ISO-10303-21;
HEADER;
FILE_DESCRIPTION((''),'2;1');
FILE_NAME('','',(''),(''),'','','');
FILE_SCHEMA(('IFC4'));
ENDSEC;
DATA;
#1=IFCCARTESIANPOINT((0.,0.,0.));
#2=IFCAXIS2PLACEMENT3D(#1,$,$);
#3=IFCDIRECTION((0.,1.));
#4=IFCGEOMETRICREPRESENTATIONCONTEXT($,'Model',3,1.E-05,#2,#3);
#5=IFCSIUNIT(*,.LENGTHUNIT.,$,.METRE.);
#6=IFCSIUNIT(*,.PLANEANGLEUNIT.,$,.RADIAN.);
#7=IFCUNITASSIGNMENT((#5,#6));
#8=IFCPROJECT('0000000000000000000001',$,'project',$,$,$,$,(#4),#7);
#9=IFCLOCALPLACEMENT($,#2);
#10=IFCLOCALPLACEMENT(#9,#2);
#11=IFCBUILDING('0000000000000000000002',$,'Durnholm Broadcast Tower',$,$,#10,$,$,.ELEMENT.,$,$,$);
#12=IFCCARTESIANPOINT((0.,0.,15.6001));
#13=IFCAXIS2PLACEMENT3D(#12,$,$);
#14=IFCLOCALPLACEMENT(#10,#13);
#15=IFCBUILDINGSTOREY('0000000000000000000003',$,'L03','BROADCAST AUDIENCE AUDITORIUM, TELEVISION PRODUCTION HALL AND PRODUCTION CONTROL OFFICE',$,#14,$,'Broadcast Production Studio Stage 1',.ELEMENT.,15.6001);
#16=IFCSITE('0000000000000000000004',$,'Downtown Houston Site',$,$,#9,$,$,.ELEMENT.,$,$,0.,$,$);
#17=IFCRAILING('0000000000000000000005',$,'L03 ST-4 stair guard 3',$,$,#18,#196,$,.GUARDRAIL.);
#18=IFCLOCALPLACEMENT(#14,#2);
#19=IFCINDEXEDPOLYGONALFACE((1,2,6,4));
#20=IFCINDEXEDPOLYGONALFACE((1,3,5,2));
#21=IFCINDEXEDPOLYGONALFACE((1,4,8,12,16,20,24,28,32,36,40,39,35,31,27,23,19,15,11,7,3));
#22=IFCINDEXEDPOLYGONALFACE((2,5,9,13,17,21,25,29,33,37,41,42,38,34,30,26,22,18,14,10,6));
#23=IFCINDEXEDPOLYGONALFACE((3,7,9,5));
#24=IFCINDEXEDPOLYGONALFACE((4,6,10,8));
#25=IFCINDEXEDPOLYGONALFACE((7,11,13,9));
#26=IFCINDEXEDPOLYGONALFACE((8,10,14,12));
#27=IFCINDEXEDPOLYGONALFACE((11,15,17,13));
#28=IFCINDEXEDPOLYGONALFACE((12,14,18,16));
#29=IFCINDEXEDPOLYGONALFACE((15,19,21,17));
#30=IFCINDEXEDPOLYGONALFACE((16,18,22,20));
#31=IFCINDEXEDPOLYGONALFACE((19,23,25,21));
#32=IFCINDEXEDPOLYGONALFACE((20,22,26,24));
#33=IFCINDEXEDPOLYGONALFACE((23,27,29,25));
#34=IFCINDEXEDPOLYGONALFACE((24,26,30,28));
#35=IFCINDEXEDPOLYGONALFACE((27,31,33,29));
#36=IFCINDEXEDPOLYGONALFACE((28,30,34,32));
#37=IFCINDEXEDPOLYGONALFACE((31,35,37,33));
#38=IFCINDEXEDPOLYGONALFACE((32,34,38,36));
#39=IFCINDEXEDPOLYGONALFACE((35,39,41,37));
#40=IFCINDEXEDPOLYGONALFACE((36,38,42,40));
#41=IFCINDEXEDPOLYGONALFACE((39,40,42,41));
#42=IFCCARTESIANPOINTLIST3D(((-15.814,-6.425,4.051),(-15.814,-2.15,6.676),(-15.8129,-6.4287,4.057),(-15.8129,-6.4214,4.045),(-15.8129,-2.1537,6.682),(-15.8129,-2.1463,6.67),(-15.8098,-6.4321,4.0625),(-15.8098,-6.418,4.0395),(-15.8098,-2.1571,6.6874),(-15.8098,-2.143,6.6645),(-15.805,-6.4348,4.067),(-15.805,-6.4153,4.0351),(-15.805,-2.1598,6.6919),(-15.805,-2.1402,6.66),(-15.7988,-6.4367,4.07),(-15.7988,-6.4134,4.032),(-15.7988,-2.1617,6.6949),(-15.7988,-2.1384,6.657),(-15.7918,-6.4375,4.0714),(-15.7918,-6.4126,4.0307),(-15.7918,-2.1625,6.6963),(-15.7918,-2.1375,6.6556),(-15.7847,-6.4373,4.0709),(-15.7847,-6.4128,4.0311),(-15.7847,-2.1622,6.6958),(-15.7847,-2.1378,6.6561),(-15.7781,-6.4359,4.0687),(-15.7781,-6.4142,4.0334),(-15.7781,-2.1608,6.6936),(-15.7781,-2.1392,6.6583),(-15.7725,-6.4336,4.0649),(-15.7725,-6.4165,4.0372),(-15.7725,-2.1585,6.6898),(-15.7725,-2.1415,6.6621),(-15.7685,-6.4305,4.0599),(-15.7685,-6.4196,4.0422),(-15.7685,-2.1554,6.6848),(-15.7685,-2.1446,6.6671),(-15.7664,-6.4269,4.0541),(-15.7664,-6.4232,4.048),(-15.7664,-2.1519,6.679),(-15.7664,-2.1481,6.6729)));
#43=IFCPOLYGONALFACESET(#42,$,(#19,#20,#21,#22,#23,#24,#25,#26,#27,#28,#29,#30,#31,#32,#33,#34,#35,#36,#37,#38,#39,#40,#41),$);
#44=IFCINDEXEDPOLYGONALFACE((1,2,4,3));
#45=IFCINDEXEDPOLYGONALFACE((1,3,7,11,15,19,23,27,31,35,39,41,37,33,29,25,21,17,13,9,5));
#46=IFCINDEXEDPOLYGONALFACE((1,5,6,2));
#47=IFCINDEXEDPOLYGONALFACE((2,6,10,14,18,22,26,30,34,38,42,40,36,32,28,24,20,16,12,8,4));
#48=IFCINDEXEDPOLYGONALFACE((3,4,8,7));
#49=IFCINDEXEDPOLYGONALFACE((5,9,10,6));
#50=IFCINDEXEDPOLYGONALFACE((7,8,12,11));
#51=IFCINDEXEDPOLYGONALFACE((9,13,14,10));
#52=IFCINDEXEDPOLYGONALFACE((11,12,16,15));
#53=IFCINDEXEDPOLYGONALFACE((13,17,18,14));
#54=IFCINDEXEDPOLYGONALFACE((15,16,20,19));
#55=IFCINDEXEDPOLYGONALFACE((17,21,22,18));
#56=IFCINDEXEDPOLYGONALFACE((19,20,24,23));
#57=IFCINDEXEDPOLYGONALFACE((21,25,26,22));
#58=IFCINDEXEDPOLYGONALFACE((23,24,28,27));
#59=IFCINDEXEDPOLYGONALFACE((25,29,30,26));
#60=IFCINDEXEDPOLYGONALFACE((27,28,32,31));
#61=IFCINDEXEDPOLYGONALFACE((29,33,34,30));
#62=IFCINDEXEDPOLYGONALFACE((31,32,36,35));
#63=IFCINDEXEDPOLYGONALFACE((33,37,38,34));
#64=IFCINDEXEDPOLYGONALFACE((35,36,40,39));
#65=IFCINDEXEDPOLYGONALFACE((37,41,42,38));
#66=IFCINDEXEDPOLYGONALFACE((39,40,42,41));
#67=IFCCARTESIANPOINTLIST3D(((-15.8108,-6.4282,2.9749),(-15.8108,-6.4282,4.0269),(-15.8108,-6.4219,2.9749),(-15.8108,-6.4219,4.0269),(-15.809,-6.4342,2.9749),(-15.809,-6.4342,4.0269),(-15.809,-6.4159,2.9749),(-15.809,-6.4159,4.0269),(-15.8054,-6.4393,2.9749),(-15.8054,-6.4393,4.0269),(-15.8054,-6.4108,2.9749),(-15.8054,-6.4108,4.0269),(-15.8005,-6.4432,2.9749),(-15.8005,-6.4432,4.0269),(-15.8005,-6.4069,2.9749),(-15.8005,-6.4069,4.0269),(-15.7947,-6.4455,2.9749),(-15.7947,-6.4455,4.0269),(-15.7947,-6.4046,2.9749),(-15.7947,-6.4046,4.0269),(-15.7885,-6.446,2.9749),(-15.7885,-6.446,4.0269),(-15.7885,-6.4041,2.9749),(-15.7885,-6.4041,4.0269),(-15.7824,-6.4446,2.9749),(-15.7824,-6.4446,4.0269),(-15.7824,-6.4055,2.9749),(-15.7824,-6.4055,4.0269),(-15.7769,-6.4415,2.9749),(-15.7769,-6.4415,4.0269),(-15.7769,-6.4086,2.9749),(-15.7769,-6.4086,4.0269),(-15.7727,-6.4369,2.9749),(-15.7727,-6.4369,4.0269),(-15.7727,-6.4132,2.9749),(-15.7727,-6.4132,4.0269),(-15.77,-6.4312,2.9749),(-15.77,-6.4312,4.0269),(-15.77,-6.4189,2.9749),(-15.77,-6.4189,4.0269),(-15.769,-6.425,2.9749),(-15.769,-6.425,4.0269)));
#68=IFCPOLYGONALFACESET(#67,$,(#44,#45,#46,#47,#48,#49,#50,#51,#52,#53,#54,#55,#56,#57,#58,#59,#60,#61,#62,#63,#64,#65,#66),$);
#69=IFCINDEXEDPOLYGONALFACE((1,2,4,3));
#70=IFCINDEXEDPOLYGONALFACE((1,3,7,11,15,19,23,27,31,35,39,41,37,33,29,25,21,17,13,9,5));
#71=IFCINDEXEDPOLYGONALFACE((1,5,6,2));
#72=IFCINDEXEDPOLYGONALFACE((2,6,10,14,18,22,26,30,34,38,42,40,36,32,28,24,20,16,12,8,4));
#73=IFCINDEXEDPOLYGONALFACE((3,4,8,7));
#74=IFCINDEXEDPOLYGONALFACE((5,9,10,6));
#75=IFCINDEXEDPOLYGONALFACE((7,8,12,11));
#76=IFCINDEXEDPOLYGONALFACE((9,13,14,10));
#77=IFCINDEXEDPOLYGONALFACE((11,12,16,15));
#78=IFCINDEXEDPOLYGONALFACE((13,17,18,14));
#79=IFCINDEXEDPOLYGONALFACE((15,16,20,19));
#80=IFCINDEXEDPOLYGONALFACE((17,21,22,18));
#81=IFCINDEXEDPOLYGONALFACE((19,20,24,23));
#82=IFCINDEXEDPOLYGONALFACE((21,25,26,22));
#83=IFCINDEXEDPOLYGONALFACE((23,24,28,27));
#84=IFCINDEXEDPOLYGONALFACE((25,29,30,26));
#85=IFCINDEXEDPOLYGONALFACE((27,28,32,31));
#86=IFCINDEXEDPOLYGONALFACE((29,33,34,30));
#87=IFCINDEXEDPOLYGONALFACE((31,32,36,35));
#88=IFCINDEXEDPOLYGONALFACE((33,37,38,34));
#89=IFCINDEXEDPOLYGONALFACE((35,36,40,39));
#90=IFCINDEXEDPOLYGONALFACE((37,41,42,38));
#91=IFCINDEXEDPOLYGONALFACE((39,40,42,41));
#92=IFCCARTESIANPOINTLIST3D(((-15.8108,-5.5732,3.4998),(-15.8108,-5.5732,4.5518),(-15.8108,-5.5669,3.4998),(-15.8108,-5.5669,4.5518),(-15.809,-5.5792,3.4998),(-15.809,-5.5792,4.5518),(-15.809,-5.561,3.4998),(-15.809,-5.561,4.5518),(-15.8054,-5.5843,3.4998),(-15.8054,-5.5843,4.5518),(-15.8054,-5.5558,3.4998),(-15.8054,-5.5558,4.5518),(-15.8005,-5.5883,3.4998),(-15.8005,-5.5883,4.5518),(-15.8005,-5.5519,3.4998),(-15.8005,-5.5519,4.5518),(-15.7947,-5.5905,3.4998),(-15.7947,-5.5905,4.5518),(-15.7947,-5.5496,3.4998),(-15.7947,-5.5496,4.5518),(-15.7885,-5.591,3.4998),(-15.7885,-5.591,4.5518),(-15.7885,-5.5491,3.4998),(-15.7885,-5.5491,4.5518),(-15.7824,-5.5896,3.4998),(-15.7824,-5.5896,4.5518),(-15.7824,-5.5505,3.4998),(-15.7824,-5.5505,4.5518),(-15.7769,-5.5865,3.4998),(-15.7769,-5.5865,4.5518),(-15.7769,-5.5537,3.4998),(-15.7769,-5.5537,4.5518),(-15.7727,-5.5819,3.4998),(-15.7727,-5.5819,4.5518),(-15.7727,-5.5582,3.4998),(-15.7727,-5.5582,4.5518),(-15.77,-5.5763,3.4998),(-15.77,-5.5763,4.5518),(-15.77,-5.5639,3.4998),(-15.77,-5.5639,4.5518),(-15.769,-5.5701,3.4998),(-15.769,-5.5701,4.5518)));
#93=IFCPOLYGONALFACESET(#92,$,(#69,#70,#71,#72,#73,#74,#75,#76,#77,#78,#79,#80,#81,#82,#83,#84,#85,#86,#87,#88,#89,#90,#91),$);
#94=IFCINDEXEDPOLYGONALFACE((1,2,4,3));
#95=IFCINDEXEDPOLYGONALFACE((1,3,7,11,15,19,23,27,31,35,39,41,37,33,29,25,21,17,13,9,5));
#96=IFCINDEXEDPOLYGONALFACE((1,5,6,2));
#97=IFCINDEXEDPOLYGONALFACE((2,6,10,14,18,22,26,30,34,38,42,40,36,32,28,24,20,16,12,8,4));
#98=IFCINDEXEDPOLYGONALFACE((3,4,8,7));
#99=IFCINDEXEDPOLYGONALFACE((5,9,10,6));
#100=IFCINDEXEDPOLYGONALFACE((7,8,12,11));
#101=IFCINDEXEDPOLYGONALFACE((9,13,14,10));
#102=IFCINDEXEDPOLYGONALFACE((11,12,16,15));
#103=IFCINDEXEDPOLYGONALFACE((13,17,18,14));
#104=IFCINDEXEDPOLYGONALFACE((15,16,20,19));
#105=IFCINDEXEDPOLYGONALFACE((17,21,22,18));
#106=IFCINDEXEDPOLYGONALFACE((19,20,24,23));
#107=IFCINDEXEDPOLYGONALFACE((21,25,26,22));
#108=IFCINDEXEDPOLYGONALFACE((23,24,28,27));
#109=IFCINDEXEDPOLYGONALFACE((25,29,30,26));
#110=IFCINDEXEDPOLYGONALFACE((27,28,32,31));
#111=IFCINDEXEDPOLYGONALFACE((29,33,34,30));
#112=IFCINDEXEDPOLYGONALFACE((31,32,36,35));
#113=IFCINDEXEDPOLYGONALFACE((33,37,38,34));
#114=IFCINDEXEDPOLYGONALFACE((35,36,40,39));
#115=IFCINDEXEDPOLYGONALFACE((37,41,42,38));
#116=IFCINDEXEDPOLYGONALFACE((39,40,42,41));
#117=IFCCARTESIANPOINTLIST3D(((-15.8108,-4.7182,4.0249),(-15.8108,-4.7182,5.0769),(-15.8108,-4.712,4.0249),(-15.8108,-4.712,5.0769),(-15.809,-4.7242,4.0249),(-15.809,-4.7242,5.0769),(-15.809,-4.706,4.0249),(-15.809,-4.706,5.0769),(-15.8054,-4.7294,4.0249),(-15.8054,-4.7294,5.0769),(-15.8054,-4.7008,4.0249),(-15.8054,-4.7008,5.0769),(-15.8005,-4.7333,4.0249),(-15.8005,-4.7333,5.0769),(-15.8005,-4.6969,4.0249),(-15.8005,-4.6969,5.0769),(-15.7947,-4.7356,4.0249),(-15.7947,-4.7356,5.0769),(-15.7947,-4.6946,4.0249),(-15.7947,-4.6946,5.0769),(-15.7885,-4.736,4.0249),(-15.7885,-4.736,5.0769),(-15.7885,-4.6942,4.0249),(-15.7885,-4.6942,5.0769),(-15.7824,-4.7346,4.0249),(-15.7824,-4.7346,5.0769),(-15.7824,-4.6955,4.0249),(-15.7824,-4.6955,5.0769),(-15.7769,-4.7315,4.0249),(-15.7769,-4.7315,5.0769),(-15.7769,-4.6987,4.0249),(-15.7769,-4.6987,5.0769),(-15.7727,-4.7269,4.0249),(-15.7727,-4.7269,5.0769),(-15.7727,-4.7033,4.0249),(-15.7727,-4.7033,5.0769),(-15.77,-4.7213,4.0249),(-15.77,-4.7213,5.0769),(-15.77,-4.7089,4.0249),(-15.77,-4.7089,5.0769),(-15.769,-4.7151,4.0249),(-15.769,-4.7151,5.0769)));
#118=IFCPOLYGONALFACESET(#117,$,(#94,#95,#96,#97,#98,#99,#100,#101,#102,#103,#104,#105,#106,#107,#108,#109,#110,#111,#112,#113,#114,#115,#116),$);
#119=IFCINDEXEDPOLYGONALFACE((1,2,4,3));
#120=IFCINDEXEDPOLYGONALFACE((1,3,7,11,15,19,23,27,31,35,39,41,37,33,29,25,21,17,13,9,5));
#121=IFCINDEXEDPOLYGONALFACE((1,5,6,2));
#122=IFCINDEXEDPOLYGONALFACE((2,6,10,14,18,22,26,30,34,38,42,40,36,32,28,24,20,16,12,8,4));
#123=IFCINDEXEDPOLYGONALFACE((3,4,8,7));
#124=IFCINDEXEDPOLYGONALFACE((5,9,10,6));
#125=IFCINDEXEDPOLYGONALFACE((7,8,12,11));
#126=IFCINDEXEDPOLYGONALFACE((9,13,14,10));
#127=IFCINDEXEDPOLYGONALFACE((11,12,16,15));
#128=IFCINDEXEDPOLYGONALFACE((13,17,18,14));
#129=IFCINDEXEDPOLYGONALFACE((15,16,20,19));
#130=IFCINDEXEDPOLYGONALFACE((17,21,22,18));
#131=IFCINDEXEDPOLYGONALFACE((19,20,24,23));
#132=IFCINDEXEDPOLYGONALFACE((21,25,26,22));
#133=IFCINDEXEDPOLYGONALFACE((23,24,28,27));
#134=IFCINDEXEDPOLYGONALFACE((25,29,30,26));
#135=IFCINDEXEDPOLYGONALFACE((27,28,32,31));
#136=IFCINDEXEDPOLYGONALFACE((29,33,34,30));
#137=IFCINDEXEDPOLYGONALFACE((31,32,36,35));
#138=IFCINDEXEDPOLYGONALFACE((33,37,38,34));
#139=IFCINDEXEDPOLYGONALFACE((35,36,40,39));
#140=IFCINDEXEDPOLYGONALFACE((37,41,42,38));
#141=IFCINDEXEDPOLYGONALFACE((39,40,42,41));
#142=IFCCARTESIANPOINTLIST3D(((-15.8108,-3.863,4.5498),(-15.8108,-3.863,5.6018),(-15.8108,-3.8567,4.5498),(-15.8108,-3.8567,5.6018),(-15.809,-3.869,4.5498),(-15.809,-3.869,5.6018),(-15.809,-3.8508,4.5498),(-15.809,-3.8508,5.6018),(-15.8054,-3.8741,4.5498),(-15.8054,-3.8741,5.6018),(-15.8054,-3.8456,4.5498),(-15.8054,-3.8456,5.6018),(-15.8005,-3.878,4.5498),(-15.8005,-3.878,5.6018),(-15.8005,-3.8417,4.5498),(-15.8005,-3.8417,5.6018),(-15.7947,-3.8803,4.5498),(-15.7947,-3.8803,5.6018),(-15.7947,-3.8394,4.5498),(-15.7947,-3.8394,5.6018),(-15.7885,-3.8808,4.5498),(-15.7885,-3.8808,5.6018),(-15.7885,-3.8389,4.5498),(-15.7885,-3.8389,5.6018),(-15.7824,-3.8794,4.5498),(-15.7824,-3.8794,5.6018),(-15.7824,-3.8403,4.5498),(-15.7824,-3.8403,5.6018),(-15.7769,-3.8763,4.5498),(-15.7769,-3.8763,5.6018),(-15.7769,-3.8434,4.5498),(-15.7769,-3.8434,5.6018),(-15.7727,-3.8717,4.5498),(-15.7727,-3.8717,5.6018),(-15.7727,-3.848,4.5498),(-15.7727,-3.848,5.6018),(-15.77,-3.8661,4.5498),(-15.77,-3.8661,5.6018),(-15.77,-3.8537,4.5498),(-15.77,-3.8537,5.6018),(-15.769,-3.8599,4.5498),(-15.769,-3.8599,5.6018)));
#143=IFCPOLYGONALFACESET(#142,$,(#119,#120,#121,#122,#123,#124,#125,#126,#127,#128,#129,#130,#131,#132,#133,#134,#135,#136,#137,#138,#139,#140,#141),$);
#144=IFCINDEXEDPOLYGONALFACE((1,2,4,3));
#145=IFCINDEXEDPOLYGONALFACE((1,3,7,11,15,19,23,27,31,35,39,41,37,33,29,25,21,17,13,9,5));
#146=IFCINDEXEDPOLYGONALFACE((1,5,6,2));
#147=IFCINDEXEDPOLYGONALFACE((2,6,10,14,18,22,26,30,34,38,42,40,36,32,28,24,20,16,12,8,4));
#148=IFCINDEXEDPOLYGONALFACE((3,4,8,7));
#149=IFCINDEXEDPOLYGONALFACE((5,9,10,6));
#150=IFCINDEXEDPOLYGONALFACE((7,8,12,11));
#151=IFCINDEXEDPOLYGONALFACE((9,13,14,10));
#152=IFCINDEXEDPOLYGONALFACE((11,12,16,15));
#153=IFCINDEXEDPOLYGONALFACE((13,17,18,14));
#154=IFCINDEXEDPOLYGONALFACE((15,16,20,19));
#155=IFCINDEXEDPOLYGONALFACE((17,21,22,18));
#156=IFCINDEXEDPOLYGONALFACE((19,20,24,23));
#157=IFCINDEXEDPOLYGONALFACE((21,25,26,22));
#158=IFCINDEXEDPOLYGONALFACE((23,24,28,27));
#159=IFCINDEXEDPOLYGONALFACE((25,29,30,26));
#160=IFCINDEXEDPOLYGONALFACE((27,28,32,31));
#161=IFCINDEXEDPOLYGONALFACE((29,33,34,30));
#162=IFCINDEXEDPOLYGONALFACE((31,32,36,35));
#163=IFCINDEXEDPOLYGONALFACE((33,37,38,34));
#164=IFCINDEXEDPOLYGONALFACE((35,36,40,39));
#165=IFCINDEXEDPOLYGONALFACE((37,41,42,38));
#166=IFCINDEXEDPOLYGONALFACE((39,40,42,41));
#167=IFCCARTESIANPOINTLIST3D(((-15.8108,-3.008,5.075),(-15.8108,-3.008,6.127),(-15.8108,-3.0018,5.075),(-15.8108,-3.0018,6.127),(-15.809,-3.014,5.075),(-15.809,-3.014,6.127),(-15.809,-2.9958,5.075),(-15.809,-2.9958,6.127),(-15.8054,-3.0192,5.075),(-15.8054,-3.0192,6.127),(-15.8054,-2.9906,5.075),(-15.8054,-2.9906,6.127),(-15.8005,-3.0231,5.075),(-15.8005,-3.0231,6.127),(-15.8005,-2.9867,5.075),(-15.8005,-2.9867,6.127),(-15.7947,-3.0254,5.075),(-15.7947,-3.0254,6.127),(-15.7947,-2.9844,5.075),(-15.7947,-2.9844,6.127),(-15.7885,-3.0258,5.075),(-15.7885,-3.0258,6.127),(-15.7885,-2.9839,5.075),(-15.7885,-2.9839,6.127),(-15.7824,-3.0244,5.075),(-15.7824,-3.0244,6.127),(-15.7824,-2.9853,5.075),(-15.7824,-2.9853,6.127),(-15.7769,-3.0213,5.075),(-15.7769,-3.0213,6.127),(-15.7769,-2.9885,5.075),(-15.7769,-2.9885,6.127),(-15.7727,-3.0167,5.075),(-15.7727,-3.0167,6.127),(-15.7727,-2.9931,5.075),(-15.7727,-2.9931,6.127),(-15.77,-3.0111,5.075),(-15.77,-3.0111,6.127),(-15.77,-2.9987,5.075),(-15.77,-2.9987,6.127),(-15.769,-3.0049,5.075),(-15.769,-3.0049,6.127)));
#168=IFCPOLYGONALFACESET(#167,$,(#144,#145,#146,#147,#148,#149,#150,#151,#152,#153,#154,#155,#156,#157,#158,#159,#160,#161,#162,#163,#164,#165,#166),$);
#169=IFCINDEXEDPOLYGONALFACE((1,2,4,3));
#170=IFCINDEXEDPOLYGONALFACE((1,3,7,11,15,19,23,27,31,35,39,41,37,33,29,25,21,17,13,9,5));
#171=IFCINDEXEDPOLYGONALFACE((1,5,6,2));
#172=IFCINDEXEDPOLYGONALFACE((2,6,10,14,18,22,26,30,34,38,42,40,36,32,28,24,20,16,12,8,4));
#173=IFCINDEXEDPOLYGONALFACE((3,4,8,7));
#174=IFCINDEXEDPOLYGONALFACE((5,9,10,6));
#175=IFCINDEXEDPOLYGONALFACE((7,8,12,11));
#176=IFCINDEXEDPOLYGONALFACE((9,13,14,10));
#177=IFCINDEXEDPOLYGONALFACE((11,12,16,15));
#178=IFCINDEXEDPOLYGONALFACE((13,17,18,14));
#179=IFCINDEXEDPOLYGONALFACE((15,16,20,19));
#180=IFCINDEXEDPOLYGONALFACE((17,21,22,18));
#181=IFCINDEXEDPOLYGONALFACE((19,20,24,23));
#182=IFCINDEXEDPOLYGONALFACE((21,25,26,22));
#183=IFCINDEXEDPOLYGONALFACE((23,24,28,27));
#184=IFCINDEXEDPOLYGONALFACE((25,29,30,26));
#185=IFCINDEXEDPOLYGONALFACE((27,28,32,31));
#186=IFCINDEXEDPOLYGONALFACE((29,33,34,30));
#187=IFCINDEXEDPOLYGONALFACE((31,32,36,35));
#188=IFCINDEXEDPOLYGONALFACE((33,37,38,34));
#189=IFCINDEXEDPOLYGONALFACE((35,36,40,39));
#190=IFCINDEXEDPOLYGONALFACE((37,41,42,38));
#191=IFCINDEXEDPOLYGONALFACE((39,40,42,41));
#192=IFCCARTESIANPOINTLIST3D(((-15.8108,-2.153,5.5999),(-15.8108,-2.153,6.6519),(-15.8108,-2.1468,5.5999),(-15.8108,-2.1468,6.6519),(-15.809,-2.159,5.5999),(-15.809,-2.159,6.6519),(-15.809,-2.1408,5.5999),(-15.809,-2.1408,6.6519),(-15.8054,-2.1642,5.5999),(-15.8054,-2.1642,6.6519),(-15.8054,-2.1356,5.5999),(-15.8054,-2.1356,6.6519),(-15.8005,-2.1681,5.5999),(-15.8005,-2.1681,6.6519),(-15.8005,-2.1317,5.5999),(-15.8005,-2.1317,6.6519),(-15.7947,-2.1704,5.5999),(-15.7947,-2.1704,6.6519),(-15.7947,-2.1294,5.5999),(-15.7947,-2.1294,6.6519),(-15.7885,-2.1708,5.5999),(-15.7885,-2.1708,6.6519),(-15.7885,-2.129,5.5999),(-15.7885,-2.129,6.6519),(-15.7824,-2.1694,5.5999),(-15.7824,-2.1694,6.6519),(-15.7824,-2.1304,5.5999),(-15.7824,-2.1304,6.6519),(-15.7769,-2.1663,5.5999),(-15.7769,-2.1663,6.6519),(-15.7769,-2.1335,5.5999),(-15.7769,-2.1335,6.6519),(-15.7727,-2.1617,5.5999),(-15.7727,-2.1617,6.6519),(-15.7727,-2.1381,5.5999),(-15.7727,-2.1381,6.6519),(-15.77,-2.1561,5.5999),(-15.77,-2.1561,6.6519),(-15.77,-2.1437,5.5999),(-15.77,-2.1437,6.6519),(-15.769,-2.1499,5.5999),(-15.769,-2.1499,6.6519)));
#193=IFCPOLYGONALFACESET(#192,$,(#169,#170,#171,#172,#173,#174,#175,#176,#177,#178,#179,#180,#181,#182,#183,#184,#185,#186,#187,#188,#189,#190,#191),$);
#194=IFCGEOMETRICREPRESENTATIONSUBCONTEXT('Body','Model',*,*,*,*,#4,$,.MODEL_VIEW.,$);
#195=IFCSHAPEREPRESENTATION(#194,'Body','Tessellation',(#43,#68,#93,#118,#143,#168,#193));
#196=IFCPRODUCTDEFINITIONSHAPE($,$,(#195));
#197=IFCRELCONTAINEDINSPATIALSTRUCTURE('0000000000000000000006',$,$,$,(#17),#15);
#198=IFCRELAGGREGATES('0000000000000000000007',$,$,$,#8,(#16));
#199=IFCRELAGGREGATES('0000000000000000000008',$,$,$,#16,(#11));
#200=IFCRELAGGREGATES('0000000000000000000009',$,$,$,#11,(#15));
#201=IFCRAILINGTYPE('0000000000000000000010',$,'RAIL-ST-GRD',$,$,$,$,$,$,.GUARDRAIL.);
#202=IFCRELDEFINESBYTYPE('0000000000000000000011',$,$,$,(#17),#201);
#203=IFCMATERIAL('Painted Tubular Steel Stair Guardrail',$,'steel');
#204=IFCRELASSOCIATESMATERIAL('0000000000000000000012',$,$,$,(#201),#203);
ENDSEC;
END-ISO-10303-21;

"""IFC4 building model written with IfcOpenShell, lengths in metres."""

from ifc_helpers import new_model, si_unit, direction, frame, origin, origin_2d, place, context, subcontext, project, spatial, circle, extrude, material, type_object, element, save


model = new_model("IFC4")

# Units and contexts
model_context = context("Model", 3, precision=1e-05, world=origin(), true_north=direction((0.0, 1.0)))
body_context = subcontext(model_context, "Body", "Model", "MODEL_VIEW")
ifc_project = project(units=[si_unit("LENGTHUNIT", "METRE"), si_unit("PLANEANGLEUNIT", "RADIAN")], contexts=[model_context])

# Site, building, storey
site_placement = place(None, origin())
site = spatial("IfcSite", under=ifc_project, at=site_placement, Name="Downtown Houston Site", CompositionType="ELEMENT", RefElevation=0.0)
building_placement = place(site_placement, origin())
building = spatial("IfcBuilding", under=site, at=building_placement, Name="Durnholm Broadcast Tower", CompositionType="ELEMENT")
storey_placement = place(building_placement, frame((0.0, 0.0, 15.6001)))
storey = spatial("IfcBuildingStorey", under=building, at=storey_placement, Name="L03", Description="BROADCAST AUDIENCE AUDITORIUM, TELEVISION PRODUCTION HALL AND PRODUCTION CONTROL OFFICE", LongName="Broadcast Production Studio Stage 1", CompositionType="ELEMENT", Elevation=15.6001)

# Railing
ifc_material_1 = material(Name="Painted Tubular Steel Stair Guardrail", Category="steel")
railing_type_1 = type_object("IfcRailingType", Name="RAIL-ST-GRD", PredefinedType="GUARDRAIL", material=ifc_material_1)
railing_1_placement = place(storey_placement, frame((-15.79, -6.425, 2.9749)))
element("IfcRailing", 1, at=railing_1_placement, inside=storey, type_object=railing_type_1, Name="L03 ST-4 stair guard 3", PredefinedType="GUARDRAIL", context=body_context, shape_type="SweptSolid", body=[
    extrude(circle(Radius=0.0239, at=origin_2d()), frame((0.0, 0.0, 1.0762), z_axis=(0.0, 0.852179, 0.52325), x_axis=(-1.0, 0.0, 0.0)), (0.0, 0.0, 1.0), 5.0166),
    extrude(circle(Radius=0.021, at=origin_2d()), origin(), (0.0, 0.0, 1.0), 1.052),
    extrude(circle(Radius=0.021, at=origin_2d()), frame((0.0, 0.855, 0.5249)), (0.0, 0.0, 1.0), 1.052),
    extrude(circle(Radius=0.021, at=origin_2d()), frame((0.0, 1.71, 1.05)), (0.0, 0.0, 1.0), 1.052),
    extrude(circle(Radius=0.021, at=origin_2d()), frame((0.0, 2.5652, 1.575)), (0.0, 0.0, 1.0), 1.052),
    extrude(circle(Radius=0.021, at=origin_2d()), frame((0.0, 3.4202, 2.1001)), (0.0, 0.0, 1.0), 1.052),
    extrude(circle(Radius=0.021, at=origin_2d()), frame((0.0, 4.2751, 2.625)), (0.0, 0.0, 1.0), 1.052),
])

save(model, "model.ifc")
